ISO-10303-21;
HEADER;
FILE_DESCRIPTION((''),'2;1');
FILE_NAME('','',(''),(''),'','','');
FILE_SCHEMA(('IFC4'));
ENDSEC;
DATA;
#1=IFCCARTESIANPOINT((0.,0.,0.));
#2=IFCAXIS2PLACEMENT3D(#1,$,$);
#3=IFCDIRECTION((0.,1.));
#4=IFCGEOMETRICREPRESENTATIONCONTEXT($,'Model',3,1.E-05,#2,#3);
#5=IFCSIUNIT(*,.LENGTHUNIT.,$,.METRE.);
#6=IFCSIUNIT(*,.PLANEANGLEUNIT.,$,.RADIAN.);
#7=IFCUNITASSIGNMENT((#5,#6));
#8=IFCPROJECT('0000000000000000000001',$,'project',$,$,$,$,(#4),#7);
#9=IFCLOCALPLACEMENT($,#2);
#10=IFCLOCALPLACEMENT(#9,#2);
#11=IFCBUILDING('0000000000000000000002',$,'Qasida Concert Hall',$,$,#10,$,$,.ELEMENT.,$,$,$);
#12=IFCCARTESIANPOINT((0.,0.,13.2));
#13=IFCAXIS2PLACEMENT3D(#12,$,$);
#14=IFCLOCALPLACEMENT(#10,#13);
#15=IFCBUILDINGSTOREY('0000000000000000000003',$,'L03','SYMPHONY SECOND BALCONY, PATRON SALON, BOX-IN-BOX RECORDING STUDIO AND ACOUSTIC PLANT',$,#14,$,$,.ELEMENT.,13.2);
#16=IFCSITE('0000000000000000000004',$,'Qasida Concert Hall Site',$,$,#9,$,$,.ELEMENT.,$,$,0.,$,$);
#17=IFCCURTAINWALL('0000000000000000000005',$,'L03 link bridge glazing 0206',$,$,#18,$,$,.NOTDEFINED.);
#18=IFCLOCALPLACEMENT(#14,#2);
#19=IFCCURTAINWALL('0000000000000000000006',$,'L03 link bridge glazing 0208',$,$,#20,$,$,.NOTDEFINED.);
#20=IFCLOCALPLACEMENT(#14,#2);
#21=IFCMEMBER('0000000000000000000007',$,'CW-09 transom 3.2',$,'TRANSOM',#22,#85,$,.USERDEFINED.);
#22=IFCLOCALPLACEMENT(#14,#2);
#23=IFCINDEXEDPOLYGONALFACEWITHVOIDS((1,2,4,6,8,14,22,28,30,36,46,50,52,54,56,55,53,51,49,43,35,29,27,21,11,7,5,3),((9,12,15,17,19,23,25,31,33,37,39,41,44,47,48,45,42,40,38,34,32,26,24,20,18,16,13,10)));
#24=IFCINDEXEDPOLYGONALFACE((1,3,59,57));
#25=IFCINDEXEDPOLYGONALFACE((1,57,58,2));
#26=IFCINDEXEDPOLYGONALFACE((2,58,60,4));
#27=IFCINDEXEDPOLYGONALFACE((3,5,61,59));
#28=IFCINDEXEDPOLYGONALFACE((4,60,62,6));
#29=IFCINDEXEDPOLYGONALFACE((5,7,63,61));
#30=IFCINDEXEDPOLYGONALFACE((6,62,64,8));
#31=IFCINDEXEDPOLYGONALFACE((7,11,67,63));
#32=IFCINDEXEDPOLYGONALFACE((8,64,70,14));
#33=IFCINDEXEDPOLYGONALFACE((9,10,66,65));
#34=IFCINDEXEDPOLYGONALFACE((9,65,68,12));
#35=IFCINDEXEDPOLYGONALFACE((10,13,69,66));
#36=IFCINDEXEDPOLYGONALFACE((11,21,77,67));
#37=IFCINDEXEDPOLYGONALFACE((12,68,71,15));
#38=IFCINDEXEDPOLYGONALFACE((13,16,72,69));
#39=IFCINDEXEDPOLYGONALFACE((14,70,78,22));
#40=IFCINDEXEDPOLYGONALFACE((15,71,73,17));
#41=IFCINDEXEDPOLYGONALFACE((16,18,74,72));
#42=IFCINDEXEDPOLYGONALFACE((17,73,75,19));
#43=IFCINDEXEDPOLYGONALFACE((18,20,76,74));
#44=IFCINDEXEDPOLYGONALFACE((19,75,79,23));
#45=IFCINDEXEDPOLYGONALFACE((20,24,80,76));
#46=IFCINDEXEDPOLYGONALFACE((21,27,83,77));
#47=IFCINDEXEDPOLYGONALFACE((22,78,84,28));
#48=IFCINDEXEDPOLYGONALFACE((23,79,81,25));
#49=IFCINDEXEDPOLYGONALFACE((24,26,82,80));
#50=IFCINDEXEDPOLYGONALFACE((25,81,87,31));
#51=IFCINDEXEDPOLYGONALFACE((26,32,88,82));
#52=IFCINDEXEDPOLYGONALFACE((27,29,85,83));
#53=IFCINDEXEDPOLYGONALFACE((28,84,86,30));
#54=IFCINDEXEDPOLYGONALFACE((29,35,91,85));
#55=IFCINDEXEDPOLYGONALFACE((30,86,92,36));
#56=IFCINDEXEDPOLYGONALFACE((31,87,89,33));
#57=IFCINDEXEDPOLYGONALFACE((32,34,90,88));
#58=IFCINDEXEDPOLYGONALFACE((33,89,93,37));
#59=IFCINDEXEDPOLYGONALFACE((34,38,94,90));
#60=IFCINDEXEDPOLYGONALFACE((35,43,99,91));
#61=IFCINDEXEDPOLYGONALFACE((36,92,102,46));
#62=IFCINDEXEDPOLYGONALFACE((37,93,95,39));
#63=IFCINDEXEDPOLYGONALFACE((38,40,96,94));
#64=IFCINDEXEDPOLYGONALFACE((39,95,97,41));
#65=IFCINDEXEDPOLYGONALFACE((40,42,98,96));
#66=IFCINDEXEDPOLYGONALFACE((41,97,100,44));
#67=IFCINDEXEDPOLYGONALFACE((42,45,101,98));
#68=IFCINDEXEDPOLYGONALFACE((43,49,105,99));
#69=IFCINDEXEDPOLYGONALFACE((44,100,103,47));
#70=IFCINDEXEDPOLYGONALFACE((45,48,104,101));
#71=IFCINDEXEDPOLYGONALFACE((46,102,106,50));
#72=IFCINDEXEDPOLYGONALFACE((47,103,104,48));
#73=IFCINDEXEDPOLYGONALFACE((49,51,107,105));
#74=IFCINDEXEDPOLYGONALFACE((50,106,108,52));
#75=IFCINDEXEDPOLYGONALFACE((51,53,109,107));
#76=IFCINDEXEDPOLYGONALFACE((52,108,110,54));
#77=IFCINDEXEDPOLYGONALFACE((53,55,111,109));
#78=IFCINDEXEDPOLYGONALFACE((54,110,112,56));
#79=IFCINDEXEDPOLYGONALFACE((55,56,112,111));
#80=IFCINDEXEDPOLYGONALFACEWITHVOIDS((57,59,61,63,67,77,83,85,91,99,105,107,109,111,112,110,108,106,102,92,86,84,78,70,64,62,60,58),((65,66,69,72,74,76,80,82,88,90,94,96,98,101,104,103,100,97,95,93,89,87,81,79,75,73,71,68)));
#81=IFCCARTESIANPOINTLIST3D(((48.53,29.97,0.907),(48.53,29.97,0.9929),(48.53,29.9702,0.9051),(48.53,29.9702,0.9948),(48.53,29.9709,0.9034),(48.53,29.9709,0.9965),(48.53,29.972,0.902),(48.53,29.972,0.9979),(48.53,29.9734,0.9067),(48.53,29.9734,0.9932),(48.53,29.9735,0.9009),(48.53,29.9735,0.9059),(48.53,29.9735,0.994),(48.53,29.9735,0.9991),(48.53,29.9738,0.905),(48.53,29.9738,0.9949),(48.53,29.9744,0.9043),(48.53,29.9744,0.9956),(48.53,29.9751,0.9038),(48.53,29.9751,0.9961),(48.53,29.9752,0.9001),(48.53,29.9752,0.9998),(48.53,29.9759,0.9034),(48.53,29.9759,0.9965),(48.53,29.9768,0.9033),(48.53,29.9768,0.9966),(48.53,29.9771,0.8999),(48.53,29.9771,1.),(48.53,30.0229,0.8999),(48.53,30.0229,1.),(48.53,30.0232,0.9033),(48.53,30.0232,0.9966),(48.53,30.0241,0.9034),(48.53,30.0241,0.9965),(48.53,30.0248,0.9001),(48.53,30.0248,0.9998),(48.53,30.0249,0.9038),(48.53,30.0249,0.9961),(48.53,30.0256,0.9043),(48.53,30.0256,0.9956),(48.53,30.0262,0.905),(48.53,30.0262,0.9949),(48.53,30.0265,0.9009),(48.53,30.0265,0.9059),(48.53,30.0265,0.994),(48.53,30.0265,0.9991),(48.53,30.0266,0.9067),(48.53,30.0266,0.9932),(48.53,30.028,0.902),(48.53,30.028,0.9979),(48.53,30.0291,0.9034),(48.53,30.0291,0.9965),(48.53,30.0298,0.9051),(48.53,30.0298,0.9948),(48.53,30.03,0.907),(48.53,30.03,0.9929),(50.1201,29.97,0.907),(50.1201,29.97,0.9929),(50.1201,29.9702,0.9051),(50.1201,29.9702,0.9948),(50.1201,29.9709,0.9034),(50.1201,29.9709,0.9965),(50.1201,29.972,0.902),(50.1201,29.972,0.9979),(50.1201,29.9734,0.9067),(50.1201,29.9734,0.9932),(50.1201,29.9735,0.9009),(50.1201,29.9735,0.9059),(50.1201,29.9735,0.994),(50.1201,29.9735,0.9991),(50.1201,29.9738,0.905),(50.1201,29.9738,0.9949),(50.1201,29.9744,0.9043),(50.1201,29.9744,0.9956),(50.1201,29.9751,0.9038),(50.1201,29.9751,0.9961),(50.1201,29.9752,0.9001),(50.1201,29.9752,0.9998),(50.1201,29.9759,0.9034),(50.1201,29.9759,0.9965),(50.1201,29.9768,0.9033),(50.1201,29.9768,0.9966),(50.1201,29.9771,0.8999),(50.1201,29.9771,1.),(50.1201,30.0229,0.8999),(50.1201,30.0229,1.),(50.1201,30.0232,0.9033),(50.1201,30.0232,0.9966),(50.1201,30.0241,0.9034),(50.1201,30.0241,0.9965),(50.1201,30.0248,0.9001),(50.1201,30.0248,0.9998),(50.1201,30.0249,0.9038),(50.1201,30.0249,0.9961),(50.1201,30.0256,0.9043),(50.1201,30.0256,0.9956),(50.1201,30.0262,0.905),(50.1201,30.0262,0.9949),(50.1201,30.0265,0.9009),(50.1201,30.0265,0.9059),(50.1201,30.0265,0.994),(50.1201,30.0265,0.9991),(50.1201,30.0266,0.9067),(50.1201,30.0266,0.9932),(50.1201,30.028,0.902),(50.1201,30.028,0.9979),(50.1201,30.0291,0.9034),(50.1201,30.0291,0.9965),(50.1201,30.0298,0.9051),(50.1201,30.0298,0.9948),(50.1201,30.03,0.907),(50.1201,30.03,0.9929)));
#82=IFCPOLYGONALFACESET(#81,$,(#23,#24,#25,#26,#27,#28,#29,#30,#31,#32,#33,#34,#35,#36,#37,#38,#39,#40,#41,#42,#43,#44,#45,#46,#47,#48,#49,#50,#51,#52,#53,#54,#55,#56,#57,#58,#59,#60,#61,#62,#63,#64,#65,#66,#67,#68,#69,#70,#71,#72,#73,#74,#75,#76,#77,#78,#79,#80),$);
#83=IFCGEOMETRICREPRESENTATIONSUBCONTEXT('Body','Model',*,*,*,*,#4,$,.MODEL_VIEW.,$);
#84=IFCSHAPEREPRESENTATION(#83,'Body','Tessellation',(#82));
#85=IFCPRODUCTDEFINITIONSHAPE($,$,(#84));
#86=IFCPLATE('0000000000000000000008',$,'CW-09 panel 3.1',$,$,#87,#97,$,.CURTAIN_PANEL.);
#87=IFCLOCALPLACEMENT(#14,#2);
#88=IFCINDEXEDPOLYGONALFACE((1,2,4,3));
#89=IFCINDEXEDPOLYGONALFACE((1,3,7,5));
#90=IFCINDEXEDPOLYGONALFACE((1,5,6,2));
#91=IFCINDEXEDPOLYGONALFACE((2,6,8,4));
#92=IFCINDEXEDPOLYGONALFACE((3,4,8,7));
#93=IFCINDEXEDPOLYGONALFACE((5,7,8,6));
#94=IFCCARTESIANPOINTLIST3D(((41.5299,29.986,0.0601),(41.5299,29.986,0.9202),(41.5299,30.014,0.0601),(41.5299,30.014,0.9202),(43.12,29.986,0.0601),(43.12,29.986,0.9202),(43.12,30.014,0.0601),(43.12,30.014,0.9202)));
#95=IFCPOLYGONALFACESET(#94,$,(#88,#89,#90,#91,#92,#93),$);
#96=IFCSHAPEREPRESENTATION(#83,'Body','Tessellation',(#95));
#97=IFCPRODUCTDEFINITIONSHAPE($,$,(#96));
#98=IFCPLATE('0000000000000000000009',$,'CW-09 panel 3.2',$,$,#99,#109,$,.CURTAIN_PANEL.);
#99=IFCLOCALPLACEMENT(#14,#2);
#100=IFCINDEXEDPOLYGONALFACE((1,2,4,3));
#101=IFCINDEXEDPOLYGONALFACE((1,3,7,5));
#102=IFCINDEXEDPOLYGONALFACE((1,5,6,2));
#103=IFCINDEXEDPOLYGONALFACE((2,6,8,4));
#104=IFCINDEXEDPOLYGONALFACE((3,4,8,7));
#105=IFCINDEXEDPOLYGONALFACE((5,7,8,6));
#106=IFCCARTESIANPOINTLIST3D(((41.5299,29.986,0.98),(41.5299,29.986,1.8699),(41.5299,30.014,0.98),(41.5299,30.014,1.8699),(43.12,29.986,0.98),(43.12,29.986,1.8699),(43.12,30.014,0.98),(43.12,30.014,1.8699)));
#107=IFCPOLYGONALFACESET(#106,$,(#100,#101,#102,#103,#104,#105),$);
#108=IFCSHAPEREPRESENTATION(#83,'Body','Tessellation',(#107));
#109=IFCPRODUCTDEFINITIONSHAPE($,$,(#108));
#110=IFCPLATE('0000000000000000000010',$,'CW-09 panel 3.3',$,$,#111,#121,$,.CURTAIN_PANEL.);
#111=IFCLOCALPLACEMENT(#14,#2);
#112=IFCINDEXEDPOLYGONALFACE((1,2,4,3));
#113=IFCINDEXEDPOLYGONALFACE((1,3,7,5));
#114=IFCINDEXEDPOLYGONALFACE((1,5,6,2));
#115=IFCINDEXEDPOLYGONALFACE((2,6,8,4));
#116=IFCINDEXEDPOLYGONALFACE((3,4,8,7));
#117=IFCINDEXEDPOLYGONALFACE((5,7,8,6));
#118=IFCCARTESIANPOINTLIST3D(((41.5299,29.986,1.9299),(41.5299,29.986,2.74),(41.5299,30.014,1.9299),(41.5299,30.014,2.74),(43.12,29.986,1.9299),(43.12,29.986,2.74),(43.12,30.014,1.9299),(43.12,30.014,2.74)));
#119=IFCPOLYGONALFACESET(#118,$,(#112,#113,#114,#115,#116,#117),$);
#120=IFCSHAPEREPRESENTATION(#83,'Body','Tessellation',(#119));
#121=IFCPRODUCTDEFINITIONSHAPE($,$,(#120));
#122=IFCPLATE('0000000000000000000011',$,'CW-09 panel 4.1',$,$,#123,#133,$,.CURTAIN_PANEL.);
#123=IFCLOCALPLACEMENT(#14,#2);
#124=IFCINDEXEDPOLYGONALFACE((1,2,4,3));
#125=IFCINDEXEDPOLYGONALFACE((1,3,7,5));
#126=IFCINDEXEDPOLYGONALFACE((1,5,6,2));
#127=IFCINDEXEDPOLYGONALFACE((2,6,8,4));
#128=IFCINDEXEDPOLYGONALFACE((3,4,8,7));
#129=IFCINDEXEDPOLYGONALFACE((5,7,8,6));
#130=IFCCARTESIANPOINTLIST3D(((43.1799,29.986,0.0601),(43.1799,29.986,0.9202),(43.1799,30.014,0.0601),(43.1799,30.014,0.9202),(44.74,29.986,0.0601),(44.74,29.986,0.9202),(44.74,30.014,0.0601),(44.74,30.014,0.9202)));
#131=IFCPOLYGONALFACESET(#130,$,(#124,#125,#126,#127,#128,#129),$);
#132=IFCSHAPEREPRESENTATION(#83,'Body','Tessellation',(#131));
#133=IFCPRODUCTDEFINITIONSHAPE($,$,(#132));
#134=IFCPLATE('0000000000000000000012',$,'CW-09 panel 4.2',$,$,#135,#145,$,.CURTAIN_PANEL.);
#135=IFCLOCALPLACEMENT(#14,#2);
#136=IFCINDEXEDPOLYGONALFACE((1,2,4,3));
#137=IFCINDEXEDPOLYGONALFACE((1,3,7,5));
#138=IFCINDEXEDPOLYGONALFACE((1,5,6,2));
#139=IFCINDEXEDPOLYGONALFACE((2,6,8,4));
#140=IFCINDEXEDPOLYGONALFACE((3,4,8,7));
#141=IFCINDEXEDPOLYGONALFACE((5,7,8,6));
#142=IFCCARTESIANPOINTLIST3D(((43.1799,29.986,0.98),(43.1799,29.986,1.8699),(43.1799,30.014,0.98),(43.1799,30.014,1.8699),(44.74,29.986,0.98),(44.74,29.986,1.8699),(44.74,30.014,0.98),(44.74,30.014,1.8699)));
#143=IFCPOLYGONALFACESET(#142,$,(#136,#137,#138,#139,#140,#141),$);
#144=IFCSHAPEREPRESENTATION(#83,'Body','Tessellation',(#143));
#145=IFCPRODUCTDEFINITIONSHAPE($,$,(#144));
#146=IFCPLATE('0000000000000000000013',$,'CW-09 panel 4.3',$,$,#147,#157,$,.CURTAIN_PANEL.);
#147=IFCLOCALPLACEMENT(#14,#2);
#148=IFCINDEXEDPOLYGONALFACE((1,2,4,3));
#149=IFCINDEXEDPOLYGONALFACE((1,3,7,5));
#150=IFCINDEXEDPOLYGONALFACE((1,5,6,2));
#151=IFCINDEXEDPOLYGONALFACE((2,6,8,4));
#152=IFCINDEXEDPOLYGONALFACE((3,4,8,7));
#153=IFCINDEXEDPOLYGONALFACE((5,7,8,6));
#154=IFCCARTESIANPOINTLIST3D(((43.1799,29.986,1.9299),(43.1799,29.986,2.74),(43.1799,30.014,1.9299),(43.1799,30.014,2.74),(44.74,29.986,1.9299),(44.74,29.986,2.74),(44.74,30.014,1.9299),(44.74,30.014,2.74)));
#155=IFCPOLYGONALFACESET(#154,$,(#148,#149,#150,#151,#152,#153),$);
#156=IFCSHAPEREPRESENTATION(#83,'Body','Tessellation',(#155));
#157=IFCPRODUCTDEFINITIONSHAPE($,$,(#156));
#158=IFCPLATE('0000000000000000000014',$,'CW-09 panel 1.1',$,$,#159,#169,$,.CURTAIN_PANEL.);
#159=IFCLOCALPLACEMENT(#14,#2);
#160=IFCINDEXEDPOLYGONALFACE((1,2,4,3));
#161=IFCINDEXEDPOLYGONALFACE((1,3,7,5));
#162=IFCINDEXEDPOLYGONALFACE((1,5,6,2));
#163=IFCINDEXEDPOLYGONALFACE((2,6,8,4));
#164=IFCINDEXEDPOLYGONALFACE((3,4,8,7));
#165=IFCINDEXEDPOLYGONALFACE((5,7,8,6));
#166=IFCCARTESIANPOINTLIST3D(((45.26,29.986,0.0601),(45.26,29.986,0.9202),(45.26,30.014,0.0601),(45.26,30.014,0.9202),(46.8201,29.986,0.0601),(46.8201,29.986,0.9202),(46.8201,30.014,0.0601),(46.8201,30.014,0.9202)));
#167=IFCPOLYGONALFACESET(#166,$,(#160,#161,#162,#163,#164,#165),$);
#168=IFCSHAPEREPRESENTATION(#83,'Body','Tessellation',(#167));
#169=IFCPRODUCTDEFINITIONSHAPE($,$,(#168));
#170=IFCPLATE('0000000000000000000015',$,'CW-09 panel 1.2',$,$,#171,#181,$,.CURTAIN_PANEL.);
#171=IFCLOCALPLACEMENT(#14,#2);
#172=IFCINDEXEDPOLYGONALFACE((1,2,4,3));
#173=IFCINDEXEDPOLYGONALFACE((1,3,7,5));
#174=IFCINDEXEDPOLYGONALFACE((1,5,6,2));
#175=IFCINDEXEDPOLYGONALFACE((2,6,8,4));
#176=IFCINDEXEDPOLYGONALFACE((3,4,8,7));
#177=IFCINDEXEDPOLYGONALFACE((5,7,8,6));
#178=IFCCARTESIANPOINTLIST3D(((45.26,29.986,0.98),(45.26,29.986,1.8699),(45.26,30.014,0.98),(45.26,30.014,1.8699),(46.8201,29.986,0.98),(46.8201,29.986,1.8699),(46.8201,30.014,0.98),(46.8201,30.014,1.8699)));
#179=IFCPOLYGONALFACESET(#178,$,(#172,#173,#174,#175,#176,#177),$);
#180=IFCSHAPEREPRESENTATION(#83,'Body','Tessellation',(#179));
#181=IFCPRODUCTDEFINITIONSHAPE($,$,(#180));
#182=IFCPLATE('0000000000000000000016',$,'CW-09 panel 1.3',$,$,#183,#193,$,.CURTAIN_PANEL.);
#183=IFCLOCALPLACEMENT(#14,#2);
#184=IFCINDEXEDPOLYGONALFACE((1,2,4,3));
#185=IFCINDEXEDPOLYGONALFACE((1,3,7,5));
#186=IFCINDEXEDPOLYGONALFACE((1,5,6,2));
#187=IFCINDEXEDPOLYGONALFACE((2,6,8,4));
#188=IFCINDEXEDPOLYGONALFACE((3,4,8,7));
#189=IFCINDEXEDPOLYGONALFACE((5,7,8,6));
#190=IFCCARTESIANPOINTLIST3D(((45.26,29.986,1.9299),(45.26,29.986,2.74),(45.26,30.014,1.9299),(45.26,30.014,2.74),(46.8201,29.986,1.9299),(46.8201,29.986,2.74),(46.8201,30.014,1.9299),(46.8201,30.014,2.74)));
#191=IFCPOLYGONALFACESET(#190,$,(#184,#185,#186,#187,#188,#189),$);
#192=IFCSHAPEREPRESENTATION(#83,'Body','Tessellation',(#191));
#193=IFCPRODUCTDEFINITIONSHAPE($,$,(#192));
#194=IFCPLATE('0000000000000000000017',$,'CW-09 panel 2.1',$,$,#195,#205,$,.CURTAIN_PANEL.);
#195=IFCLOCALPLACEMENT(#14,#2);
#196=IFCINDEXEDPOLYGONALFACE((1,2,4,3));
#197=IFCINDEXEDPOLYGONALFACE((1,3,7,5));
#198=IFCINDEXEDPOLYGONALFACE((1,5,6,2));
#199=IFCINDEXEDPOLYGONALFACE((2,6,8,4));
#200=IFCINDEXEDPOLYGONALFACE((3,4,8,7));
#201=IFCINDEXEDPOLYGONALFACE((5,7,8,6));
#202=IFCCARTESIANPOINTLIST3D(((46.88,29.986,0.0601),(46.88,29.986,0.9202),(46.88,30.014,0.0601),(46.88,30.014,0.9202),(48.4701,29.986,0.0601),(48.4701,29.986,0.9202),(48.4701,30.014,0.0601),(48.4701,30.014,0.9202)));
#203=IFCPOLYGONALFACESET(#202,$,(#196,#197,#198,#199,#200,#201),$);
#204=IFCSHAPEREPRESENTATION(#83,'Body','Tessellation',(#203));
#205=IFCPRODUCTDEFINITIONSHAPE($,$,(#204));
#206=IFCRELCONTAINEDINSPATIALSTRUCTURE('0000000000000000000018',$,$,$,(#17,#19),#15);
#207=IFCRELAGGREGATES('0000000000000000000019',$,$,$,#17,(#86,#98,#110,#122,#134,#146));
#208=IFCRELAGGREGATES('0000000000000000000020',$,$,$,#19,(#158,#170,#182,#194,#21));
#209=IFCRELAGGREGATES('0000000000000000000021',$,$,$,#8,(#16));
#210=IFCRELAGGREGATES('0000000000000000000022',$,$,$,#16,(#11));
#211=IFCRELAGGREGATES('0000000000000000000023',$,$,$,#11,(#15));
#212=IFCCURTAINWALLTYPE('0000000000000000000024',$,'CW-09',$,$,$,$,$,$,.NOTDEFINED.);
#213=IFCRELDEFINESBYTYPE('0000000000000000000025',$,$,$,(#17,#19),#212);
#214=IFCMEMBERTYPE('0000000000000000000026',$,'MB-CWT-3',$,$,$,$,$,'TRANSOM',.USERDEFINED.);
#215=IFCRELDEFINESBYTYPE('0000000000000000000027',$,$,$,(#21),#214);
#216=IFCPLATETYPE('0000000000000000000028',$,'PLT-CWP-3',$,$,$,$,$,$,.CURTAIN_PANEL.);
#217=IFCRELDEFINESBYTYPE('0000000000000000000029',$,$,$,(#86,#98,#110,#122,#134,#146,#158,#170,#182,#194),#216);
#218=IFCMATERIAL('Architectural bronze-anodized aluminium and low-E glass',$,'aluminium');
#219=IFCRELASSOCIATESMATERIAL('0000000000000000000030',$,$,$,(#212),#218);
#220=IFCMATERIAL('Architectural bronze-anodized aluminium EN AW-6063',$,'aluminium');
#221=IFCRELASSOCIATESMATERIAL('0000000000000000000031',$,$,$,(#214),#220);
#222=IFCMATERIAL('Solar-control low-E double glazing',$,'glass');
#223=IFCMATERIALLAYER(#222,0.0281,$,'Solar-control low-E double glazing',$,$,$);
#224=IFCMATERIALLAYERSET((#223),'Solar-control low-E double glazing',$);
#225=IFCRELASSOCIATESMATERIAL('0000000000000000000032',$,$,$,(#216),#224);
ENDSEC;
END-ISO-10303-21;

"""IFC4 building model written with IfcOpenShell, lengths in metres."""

from ifc_helpers import new_model, si_unit, direction, frame, origin, origin_2d, place, context, subcontext, project, spatial, rectangle, hollow_rectangle, extrude, material, layer, layer_set, material_profile, profile_set, type_object, element, aggregate, save


model = new_model("IFC4")

# Units and contexts
model_context = context("Model", 3, precision=1e-05, world=origin(), true_north=direction((0.0, 1.0)))
body_context = subcontext(model_context, "Body", "Model", "MODEL_VIEW")
ifc_project = project(units=[si_unit("LENGTHUNIT", "METRE"), si_unit("PLANEANGLEUNIT", "RADIAN")], contexts=[model_context])

# Site, building, storey
site_placement = place(None, origin())
site = spatial("IfcSite", under=ifc_project, at=site_placement, Name="Qasida Concert Hall Site", CompositionType="ELEMENT", RefElevation=0.0)
building_placement = place(site_placement, origin())
building = spatial("IfcBuilding", under=site, at=building_placement, Name="Qasida Concert Hall", CompositionType="ELEMENT")
storey_placement = place(building_placement, frame((0.0, 0.0, 13.2)))
storey = spatial("IfcBuildingStorey", under=building, at=storey_placement, Name="L03", Description="SYMPHONY SECOND BALCONY, PATRON SALON, BOX-IN-BOX RECORDING STUDIO AND ACOUSTIC PLANT", CompositionType="ELEMENT", Elevation=13.2)

# Curtain walls
ifc_material_1 = material(Name="Architectural bronze-anodized aluminium and low-E glass", Category="aluminium")
curtain_wall_type = type_object("IfcCurtainWallType", Name="CW-09", PredefinedType="NOTDEFINED", material=ifc_material_1)
curtain_wall_1_placement = place(storey_placement, origin())
curtain_wall_1 = element("IfcCurtainWall", 1, at=curtain_wall_1_placement, inside=storey, type_object=curtain_wall_type, Name="L03 link bridge glazing 0206", PredefinedType="NOTDEFINED")
ifc_material_2 = material(Name="Architectural bronze-anodized aluminium EN AW-6063", Category="aluminium")
curtain_wall_2_placement = place(storey_placement, origin())
curtain_wall_2 = element("IfcCurtainWall", 2, at=curtain_wall_2_placement, inside=storey, type_object=curtain_wall_type, Name="L03 link bridge glazing 0208", PredefinedType="NOTDEFINED")

# Member
ifc_material_profile_1 = material_profile(ifc_material_2, hollow_rectangle(XDim=0.0601, YDim=0.1001, WallThickness=0.0034, InnerFilletRadius=0.0034, OuterFilletRadius=0.0071, at=origin_2d()), Name="CWT 100x60x3.5")
ifc_profile_set_1 = profile_set([ifc_material_profile_1], Name="Architectural bronze-anodized aluminium EN AW-6063")
member_type_1 = type_object("IfcMemberType", Name="MB-CWT-3", ElementType="TRANSOM", PredefinedType="USERDEFINED", material=ifc_profile_set_1)
member_1_placement = place(storey_placement, frame((48.53, 30.0, 0.95), z_axis=(1.0, 0.0, 0.0), x_axis=(0.0, 1.0, 0.0)))
member_1 = element("IfcMember", 3, at=member_1_placement, type_object=member_type_1, Name="CW-09 transom 3.2", ObjectType="TRANSOM", PredefinedType="USERDEFINED", context=body_context, shape_type="SweptSolid", body=[
    extrude(hollow_rectangle(XDim=0.0601, YDim=0.1001, WallThickness=0.0034, InnerFilletRadius=0.0034, OuterFilletRadius=0.0071, at=origin_2d()), origin(), (0.0, 0.0, 1.0), 1.5901),
])

# Plates
ifc_material_3 = material(Name="Solar-control low-E double glazing", Category="glass")
ifc_layer = layer(ifc_material_3, 0.0281, Name="Solar-control low-E double glazing")
ifc_layer_set = layer_set([ifc_layer], Name="Solar-control low-E double glazing")
plate_type = type_object("IfcPlateType", Name="PLT-CWP-3", PredefinedType="CURTAIN_PANEL", material=ifc_layer_set)
plate_1_placement = place(storey_placement, frame((42.325, 30.0, 0.0601), z_axis=(0.0, 0.0, 1.0), x_axis=(1.0, 0.0, 0.0)))
plate_1 = element("IfcPlate", 4, at=plate_1_placement, type_object=plate_type, Name="CW-09 panel 3.1", PredefinedType="CURTAIN_PANEL", context=body_context, shape_type="SweptSolid", body=[
    extrude(rectangle(XDim=1.5901, YDim=0.0281, at=origin_2d()), origin(), (0.0, 0.0, 1.0), 0.8601),
])
plate_2_placement = place(storey_placement, frame((42.325, 30.0, 0.98), z_axis=(0.0, 0.0, 1.0), x_axis=(1.0, 0.0, 0.0)))
plate_2 = element("IfcPlate", 5, at=plate_2_placement, type_object=plate_type, Name="CW-09 panel 3.2", PredefinedType="CURTAIN_PANEL", context=body_context, shape_type="SweptSolid", body=[
    extrude(rectangle(XDim=1.5901, YDim=0.0281, at=origin_2d()), origin(), (0.0, 0.0, 1.0), 0.8899),
])
plate_3_placement = place(storey_placement, frame((42.325, 30.0, 1.9299), z_axis=(0.0, 0.0, 1.0), x_axis=(1.0, 0.0, 0.0)))
plate_3 = element("IfcPlate", 6, at=plate_3_placement, type_object=plate_type, Name="CW-09 panel 3.3", PredefinedType="CURTAIN_PANEL", context=body_context, shape_type="SweptSolid", body=[
    extrude(rectangle(XDim=1.5901, YDim=0.0281, at=origin_2d()), origin(), (0.0, 0.0, 1.0), 0.8101),
])
plate_4_placement = place(storey_placement, frame((43.96, 30.0, 0.0601), z_axis=(0.0, 0.0, 1.0), x_axis=(1.0, 0.0, 0.0)))
plate_4 = element("IfcPlate", 7, at=plate_4_placement, type_object=plate_type, Name="CW-09 panel 4.1", PredefinedType="CURTAIN_PANEL", context=body_context, shape_type="SweptSolid", body=[
    extrude(rectangle(XDim=1.5601, YDim=0.0281, at=origin_2d()), origin(), (0.0, 0.0, 1.0), 0.8601),
])
plate_5_placement = place(storey_placement, frame((43.96, 30.0, 0.98), z_axis=(0.0, 0.0, 1.0), x_axis=(1.0, 0.0, 0.0)))
plate_5 = element("IfcPlate", 8, at=plate_5_placement, type_object=plate_type, Name="CW-09 panel 4.2", PredefinedType="CURTAIN_PANEL", context=body_context, shape_type="SweptSolid", body=[
    extrude(rectangle(XDim=1.5601, YDim=0.0281, at=origin_2d()), origin(), (0.0, 0.0, 1.0), 0.8899),
])
plate_6_placement = place(storey_placement, frame((43.96, 30.0, 1.9299), z_axis=(0.0, 0.0, 1.0), x_axis=(1.0, 0.0, 0.0)))
plate_6 = element("IfcPlate", 9, at=plate_6_placement, type_object=plate_type, Name="CW-09 panel 4.3", PredefinedType="CURTAIN_PANEL", context=body_context, shape_type="SweptSolid", body=[
    extrude(rectangle(XDim=1.5601, YDim=0.0281, at=origin_2d()), origin(), (0.0, 0.0, 1.0), 0.8101),
])
aggregate(curtain_wall_1, [plate_1, plate_2, plate_3, plate_4, plate_5, plate_6])
plate_7_placement = place(storey_placement, frame((46.04, 30.0, 0.0601), z_axis=(0.0, 0.0, 1.0), x_axis=(1.0, 0.0, 0.0)))
plate_7 = element("IfcPlate", 10, at=plate_7_placement, type_object=plate_type, Name="CW-09 panel 1.1", PredefinedType="CURTAIN_PANEL", context=body_context, shape_type="SweptSolid", body=[
    extrude(rectangle(XDim=1.5601, YDim=0.0281, at=origin_2d()), origin(), (0.0, 0.0, 1.0), 0.8601),
])
plate_8_placement = place(storey_placement, frame((46.04, 30.0, 0.98), z_axis=(0.0, 0.0, 1.0), x_axis=(1.0, 0.0, 0.0)))
plate_8 = element("IfcPlate", 11, at=plate_8_placement, type_object=plate_type, Name="CW-09 panel 1.2", PredefinedType="CURTAIN_PANEL", context=body_context, shape_type="SweptSolid", body=[
    extrude(rectangle(XDim=1.5601, YDim=0.0281, at=origin_2d()), origin(), (0.0, 0.0, 1.0), 0.8899),
])
plate_9_placement = place(storey_placement, frame((46.04, 30.0, 1.9299), z_axis=(0.0, 0.0, 1.0), x_axis=(1.0, 0.0, 0.0)))
plate_9 = element("IfcPlate", 12, at=plate_9_placement, type_object=plate_type, Name="CW-09 panel 1.3", PredefinedType="CURTAIN_PANEL", context=body_context, shape_type="SweptSolid", body=[
    extrude(rectangle(XDim=1.5601, YDim=0.0281, at=origin_2d()), origin(), (0.0, 0.0, 1.0), 0.8101),
])
plate_10_placement = place(storey_placement, frame((47.675, 30.0, 0.0601), z_axis=(0.0, 0.0, 1.0), x_axis=(1.0, 0.0, 0.0)))
plate_10 = element("IfcPlate", 13, at=plate_10_placement, type_object=plate_type, Name="CW-09 panel 2.1", PredefinedType="CURTAIN_PANEL", context=body_context, shape_type="SweptSolid", body=[
    extrude(rectangle(XDim=1.5901, YDim=0.0281, at=origin_2d()), origin(), (0.0, 0.0, 1.0), 0.8601),
])
aggregate(curtain_wall_2, [plate_7, plate_8, plate_9, plate_10, member_1])

save(model, "model.ifc")
